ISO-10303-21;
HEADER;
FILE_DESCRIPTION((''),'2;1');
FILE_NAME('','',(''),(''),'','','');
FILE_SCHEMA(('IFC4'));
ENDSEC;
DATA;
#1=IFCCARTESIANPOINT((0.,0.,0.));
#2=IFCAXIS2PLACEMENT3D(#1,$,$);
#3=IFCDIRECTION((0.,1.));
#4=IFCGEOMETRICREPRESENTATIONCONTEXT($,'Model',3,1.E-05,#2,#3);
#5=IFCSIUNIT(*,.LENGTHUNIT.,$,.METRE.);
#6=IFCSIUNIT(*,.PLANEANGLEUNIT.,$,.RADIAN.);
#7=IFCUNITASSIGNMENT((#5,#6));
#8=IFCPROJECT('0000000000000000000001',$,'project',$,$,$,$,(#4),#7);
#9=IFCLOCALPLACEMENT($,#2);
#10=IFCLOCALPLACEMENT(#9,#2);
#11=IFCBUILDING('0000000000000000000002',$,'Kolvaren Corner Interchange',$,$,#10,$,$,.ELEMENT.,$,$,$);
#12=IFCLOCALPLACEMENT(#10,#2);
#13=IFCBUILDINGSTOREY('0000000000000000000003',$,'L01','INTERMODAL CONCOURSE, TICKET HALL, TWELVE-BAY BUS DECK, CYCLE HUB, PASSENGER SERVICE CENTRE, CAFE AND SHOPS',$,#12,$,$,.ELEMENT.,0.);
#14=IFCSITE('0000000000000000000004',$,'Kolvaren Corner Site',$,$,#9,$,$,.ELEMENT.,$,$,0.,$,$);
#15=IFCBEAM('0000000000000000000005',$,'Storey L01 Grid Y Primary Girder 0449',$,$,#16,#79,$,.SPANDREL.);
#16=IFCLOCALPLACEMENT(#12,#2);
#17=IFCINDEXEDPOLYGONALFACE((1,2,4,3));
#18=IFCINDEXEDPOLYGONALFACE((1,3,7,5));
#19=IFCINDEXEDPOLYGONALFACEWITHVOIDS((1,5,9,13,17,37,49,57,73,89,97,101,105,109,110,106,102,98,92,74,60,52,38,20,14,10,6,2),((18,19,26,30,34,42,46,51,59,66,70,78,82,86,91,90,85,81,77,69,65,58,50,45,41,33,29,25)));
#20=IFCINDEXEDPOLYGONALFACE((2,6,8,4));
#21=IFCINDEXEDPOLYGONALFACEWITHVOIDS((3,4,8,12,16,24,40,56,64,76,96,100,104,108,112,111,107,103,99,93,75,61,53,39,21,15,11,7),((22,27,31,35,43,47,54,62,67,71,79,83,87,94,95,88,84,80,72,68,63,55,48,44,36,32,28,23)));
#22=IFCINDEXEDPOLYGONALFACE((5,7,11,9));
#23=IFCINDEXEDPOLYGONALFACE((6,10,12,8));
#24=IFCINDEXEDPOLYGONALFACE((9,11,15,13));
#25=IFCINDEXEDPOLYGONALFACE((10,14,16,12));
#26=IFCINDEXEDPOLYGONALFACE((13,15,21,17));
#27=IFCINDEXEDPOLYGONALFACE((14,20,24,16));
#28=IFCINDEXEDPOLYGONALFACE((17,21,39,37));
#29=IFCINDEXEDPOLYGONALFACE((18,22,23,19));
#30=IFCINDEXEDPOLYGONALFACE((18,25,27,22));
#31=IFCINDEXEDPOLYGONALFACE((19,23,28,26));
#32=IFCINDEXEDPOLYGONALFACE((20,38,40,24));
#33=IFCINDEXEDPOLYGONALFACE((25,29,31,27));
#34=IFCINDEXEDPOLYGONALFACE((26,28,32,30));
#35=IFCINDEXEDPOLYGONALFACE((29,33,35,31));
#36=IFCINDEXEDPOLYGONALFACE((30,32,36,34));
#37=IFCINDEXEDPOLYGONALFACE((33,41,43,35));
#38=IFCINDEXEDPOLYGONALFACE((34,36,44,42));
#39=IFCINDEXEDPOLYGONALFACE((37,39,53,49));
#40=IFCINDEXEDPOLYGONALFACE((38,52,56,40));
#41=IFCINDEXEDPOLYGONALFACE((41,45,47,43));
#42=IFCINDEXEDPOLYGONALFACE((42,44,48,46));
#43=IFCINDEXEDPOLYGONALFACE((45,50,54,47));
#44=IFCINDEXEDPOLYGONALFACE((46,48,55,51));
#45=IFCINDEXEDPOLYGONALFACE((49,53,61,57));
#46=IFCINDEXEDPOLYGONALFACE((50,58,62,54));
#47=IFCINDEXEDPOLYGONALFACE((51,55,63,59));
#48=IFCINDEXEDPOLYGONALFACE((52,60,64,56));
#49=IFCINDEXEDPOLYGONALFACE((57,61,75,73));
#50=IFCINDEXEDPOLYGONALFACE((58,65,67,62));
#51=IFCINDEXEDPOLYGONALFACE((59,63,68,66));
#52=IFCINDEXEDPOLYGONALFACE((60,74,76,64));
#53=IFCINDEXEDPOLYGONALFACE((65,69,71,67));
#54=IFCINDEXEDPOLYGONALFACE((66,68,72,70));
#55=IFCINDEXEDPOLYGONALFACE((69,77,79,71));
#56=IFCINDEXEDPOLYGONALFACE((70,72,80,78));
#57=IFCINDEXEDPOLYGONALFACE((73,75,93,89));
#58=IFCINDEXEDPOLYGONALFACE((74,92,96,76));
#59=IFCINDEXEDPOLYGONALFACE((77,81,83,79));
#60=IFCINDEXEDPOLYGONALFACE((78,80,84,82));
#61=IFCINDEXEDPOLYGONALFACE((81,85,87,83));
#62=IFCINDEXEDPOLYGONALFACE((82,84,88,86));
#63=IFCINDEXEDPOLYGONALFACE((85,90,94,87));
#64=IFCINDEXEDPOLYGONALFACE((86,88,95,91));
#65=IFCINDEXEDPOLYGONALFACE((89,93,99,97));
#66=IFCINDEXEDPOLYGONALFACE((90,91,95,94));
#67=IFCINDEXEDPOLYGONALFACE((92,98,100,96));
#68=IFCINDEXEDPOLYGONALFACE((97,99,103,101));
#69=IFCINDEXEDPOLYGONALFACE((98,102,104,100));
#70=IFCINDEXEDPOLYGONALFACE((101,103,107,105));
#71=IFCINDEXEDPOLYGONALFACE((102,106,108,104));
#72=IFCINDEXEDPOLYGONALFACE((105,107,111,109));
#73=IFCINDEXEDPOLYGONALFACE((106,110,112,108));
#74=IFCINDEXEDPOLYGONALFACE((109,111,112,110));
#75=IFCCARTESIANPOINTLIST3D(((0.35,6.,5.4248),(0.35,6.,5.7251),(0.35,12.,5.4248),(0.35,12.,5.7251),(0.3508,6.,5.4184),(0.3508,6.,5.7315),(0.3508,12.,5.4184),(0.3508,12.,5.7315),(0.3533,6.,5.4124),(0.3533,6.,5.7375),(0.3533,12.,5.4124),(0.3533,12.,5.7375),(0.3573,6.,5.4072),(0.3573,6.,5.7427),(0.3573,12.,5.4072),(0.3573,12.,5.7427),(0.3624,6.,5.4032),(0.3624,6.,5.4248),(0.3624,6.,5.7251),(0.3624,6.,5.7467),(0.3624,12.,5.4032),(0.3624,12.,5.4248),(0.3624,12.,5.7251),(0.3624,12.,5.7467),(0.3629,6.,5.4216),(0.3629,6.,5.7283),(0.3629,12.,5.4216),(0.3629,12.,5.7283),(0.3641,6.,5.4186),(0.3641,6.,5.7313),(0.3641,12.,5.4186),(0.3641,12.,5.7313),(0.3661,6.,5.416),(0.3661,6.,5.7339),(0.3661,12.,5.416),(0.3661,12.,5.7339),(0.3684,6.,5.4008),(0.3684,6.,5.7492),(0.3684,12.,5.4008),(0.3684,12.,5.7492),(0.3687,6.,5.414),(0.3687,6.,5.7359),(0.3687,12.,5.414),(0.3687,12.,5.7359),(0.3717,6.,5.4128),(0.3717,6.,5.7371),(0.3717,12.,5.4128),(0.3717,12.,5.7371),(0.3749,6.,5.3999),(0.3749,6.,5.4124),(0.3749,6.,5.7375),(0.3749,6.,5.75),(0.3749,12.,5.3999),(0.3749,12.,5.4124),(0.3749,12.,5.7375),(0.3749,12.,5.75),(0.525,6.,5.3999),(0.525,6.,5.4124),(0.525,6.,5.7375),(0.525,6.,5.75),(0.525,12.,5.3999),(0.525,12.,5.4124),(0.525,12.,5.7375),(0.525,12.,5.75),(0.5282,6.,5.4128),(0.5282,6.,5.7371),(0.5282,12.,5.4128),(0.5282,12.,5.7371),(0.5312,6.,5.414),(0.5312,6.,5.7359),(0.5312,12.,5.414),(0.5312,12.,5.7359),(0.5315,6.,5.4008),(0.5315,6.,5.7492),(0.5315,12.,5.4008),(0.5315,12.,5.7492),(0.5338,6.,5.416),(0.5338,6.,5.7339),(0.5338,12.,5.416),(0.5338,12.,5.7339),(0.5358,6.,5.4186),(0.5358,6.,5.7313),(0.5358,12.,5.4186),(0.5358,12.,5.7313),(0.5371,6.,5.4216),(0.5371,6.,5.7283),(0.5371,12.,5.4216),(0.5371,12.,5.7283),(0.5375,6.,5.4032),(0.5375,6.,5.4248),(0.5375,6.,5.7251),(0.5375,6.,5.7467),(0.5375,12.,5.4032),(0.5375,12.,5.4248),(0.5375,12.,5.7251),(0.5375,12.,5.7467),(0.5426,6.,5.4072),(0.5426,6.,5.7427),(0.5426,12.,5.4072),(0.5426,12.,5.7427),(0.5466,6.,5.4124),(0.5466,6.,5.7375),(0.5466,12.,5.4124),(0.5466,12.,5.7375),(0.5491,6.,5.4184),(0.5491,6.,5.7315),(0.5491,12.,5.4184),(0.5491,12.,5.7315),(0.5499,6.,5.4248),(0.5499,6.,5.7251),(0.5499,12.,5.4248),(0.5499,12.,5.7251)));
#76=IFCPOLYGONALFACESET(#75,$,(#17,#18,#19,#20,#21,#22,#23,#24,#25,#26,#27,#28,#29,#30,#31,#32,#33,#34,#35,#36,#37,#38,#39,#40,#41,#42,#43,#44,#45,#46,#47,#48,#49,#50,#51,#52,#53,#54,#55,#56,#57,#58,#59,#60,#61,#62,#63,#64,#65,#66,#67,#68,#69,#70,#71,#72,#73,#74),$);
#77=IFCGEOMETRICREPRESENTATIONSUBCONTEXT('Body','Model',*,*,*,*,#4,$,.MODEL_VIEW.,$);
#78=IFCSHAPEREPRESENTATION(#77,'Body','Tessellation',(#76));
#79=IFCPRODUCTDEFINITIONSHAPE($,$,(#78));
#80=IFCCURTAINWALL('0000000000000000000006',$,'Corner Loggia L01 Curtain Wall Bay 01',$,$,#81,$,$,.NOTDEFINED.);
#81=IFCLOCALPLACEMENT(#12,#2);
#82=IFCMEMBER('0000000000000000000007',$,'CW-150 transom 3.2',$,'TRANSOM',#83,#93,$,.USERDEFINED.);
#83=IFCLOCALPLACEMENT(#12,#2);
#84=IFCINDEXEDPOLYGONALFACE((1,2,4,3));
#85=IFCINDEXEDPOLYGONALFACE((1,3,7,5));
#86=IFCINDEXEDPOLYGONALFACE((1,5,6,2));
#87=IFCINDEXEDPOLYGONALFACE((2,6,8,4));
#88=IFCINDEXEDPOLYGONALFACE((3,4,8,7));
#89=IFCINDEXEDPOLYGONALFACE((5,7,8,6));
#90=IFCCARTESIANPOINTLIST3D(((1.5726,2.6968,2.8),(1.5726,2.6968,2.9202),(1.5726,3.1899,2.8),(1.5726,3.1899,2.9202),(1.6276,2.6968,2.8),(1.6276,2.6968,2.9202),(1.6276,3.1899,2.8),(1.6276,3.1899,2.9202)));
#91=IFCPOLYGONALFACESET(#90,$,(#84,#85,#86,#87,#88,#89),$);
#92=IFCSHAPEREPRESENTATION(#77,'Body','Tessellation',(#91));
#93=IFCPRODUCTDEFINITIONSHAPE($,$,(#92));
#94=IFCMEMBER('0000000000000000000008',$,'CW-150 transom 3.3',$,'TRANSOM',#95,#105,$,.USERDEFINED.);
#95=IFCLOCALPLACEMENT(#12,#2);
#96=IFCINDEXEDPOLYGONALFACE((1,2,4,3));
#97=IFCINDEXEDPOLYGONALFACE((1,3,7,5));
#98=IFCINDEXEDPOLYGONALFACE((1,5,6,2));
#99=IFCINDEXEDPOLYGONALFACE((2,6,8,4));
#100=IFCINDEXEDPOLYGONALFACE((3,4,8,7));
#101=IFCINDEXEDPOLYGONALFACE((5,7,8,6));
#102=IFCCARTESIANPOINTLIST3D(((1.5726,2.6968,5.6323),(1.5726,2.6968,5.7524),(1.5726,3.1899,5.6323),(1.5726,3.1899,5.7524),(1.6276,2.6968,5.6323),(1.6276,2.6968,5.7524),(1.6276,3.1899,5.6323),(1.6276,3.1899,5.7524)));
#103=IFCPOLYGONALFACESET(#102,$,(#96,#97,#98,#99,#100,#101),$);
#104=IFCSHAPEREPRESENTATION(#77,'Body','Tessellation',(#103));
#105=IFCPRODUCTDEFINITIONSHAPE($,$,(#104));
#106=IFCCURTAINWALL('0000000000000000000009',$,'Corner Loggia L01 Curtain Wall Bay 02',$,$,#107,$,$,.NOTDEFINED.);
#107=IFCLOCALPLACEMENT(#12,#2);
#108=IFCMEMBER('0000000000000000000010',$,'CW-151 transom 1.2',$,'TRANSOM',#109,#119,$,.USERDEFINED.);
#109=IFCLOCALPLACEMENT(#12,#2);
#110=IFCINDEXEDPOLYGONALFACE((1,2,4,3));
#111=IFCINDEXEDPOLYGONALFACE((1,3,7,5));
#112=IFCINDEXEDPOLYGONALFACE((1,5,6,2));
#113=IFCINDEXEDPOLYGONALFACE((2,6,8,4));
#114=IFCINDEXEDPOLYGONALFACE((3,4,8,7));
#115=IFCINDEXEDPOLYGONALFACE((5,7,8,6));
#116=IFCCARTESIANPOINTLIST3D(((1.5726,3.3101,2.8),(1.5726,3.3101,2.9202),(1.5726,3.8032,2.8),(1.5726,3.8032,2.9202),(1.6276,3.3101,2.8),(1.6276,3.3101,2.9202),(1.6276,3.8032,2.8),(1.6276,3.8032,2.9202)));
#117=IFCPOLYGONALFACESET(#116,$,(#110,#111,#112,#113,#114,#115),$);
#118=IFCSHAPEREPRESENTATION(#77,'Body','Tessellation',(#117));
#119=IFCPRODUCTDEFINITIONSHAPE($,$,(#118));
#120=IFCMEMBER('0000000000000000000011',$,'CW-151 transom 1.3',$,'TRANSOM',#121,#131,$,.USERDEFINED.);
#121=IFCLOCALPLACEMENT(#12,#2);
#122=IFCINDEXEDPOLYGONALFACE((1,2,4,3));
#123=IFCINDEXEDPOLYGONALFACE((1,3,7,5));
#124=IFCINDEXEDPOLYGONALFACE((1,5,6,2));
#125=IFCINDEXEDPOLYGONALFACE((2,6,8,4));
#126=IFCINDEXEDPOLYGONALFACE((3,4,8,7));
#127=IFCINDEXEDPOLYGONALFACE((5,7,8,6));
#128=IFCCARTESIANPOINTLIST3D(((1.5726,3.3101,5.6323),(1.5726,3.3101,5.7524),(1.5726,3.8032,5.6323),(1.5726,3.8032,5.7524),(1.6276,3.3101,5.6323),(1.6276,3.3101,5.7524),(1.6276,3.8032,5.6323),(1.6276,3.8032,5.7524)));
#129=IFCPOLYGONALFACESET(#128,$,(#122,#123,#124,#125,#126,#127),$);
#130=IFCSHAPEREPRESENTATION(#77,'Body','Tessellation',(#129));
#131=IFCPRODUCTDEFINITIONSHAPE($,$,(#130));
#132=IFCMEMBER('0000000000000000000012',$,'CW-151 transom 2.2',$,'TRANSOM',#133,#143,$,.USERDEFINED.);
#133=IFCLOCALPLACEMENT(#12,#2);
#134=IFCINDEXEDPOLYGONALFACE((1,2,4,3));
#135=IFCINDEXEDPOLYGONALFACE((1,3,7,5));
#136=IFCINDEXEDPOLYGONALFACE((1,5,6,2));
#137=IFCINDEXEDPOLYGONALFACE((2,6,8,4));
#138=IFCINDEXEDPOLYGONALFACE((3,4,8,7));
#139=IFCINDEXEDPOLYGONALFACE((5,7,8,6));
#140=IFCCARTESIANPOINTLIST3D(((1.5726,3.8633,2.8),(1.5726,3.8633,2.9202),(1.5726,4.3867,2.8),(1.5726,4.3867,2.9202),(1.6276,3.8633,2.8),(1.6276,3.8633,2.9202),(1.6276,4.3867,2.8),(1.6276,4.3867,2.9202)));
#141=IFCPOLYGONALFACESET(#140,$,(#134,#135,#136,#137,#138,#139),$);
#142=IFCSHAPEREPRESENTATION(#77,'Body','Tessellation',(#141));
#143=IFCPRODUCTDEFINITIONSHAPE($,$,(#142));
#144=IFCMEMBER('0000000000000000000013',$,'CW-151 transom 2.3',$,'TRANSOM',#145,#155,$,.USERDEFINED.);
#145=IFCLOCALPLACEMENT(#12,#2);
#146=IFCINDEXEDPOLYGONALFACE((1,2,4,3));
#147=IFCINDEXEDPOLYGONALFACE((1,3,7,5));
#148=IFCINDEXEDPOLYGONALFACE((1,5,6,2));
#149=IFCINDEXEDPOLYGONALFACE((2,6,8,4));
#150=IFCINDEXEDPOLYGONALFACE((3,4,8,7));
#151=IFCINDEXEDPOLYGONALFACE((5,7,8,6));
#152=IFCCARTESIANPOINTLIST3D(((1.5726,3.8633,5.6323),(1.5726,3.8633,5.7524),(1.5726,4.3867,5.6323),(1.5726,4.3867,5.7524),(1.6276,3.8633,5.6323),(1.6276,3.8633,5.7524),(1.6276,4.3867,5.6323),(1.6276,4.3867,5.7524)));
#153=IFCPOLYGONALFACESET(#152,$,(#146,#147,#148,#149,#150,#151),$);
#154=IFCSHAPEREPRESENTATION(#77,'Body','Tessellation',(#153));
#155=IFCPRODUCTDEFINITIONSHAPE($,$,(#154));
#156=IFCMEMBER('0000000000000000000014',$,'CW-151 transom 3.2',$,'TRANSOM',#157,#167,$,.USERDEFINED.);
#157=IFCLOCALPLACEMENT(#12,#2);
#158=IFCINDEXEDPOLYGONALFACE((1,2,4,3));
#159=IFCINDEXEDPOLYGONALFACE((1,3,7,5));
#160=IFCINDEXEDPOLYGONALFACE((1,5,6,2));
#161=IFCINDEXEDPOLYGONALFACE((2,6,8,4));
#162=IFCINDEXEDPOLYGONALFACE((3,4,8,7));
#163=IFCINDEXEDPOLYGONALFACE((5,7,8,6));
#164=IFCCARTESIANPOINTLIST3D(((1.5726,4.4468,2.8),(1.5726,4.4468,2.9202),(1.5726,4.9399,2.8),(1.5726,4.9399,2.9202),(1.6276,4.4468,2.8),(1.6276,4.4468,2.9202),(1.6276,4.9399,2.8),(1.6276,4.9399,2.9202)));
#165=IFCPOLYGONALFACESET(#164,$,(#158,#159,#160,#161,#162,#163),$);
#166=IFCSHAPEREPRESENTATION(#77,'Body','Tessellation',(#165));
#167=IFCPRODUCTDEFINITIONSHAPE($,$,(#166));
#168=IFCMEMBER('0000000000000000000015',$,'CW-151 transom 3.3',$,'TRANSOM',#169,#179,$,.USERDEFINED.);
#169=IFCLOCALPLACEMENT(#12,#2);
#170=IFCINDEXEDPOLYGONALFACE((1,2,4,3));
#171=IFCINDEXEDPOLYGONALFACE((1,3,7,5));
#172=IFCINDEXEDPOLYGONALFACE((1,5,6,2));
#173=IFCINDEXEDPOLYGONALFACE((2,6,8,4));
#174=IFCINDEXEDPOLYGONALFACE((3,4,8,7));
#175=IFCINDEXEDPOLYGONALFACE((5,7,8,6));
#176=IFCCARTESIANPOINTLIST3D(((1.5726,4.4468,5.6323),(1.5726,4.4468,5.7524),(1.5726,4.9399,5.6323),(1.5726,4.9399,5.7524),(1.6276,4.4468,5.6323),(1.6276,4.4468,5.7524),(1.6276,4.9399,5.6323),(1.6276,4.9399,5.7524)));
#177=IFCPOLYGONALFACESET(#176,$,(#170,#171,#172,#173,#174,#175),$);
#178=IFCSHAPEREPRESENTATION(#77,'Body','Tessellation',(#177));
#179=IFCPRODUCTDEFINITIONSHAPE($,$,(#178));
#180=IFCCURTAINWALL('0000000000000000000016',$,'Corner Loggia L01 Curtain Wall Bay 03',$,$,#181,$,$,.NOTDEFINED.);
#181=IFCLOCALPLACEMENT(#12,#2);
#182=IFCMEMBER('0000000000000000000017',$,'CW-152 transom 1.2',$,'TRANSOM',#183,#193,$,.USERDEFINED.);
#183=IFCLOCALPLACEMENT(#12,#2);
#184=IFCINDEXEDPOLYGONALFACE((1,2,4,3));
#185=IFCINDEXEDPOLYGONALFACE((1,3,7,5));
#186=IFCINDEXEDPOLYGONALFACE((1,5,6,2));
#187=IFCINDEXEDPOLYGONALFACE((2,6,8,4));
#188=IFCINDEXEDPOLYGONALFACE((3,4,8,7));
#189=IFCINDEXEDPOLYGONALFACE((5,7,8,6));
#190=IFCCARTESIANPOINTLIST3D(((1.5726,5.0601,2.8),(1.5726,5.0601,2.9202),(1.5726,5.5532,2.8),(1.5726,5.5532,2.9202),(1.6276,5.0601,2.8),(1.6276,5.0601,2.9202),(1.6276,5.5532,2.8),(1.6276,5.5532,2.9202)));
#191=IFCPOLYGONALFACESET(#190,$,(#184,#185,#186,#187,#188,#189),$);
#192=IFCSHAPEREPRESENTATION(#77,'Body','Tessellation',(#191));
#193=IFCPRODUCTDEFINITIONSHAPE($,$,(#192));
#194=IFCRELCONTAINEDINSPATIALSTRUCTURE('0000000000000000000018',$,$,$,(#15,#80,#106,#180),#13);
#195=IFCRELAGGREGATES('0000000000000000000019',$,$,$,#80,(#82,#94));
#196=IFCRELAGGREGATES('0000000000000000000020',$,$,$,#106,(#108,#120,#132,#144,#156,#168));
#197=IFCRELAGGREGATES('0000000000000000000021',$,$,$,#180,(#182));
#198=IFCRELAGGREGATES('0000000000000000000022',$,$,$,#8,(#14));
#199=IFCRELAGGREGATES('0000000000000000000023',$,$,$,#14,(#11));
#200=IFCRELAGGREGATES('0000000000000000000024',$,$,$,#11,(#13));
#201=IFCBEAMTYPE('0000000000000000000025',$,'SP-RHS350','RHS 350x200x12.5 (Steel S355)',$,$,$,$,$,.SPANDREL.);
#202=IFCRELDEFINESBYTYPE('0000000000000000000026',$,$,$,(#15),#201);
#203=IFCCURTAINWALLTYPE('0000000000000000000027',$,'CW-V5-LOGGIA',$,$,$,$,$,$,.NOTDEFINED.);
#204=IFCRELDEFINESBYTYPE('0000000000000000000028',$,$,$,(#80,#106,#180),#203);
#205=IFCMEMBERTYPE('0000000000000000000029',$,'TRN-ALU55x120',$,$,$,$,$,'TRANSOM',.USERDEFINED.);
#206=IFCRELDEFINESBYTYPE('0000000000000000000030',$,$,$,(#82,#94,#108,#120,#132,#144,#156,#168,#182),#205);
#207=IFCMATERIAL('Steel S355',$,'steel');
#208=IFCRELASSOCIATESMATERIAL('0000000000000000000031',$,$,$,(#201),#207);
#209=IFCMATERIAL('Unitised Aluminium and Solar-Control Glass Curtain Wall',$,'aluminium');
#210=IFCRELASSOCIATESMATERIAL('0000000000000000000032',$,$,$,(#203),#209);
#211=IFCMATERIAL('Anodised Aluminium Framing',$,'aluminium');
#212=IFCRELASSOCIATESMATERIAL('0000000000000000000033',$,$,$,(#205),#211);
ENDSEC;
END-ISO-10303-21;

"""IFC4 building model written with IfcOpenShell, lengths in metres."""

from ifc_helpers import new_model, si_unit, direction, frame, origin, origin_2d, place, context, subcontext, project, spatial, rectangle, hollow_rectangle, extrude, material, material_profile, profile_set, type_object, element, aggregate, save


model = new_model("IFC4")

# Units and contexts
model_context = context("Model", 3, precision=1e-05, world=origin(), true_north=direction((0.0, 1.0)))
body_context = subcontext(model_context, "Body", "Model", "MODEL_VIEW")
ifc_project = project(units=[si_unit("LENGTHUNIT", "METRE"), si_unit("PLANEANGLEUNIT", "RADIAN")], contexts=[model_context])

# Site, building, storey
site_placement = place(None, origin())
site = spatial("IfcSite", under=ifc_project, at=site_placement, Name="Kolvaren Corner Site", CompositionType="ELEMENT", RefElevation=0.0)
building_placement = place(site_placement, origin())
building = spatial("IfcBuilding", under=site, at=building_placement, Name="Kolvaren Corner Interchange", CompositionType="ELEMENT")
storey_placement = place(building_placement, origin())
storey = spatial("IfcBuildingStorey", under=building, at=storey_placement, Name="L01", Description="INTERMODAL CONCOURSE, TICKET HALL, TWELVE-BAY BUS DECK, CYCLE HUB, PASSENGER SERVICE CENTRE, CAFE AND SHOPS", CompositionType="ELEMENT", Elevation=0.0)

# Beam
ifc_material_1 = material(Name="Steel S355", Category="steel")
ifc_material_profile_1 = material_profile(ifc_material_1, hollow_rectangle(XDim=0.2, YDim=0.3501, WallThickness=0.0125, InnerFilletRadius=0.0125, OuterFilletRadius=0.0249, at=origin_2d()), Name="RHS 350x200x12.5")
ifc_profile_set_1 = profile_set([ifc_material_profile_1], Name="Steel S355")
beam_type_1 = type_object("IfcBeamType", Name="SP-RHS350", Description="RHS 350x200x12.5 (Steel S355)", PredefinedType="SPANDREL", material=ifc_profile_set_1)
beam_1_placement = place(storey_placement, frame((0.45, 6.0, 5.575), z_axis=(0.0, 1.0, 0.0), x_axis=(-1.0, 0.0, 0.0)))
element("IfcBeam", 1, at=beam_1_placement, inside=storey, type_object=beam_type_1, Name="Storey L01 Grid Y Primary Girder 0449", PredefinedType="SPANDREL", context=body_context, shape_type="SweptSolid", body=[
    extrude(hollow_rectangle(XDim=0.2, YDim=0.3501, WallThickness=0.0125, InnerFilletRadius=0.0125, OuterFilletRadius=0.0249, at=origin_2d()), origin(), (0.0, 0.0, 1.0), 6.0),
])

# Curtain walls, members
ifc_material_2 = material(Name="Unitised Aluminium and Solar-Control Glass Curtain Wall", Category="aluminium")
curtain_wall_type = type_object("IfcCurtainWallType", Name="CW-V5-LOGGIA", PredefinedType="NOTDEFINED", material=ifc_material_2)
curtain_wall_1_placement = place(storey_placement, origin())
curtain_wall_1 = element("IfcCurtainWall", 2, at=curtain_wall_1_placement, inside=storey, type_object=curtain_wall_type, Name="Corner Loggia L01 Curtain Wall Bay 01", PredefinedType="NOTDEFINED")
ifc_material_3 = material(Name="Anodised Aluminium Framing", Category="aluminium")
ifc_material_profile_2 = material_profile(ifc_material_3, rectangle(XDim=0.0549, YDim=0.1201, at=origin_2d()), Name="ALU 55x120")
ifc_profile_set_2 = profile_set([ifc_material_profile_2], Name="Anodised Aluminium Framing")
member_type = type_object("IfcMemberType", Name="TRN-ALU55x120", ElementType="TRANSOM", PredefinedType="USERDEFINED", material=ifc_profile_set_2)
member_1_placement = place(storey_placement, frame((1.6001, 2.6968, 2.8601), z_axis=(0.0, 1.0, 0.0), x_axis=(-1.0, 0.0, 0.0)))
member_1 = element("IfcMember", 3, at=member_1_placement, type_object=member_type, Name="CW-150 transom 3.2", ObjectType="TRANSOM", PredefinedType="USERDEFINED", context=body_context, shape_type="SweptSolid", body=[
    extrude(rectangle(XDim=0.0549, YDim=0.1201, at=origin_2d()), origin(), (0.0, 0.0, 1.0), 0.4932),
])
member_2_placement = place(storey_placement, frame((1.6001, 2.6968, 5.6924), z_axis=(0.0, 1.0, 0.0), x_axis=(-1.0, 0.0, 0.0)))
member_2 = element("IfcMember", 4, at=member_2_placement, type_object=member_type, Name="CW-150 transom 3.3", ObjectType="TRANSOM", PredefinedType="USERDEFINED", context=body_context, shape_type="SweptSolid", body=[
    extrude(rectangle(XDim=0.0549, YDim=0.1201, at=origin_2d()), origin(), (0.0, 0.0, 1.0), 0.4932),
])
curtain_wall_2_placement = place(storey_placement, origin())
curtain_wall_2 = element("IfcCurtainWall", 5, at=curtain_wall_2_placement, inside=storey, type_object=curtain_wall_type, Name="Corner Loggia L01 Curtain Wall Bay 02", PredefinedType="NOTDEFINED")
member_3_placement = place(storey_placement, frame((1.6001, 3.3101, 2.8601), z_axis=(0.0, 1.0, 0.0), x_axis=(-1.0, 0.0, 0.0)))
member_3 = element("IfcMember", 6, at=member_3_placement, type_object=member_type, Name="CW-151 transom 1.2", ObjectType="TRANSOM", PredefinedType="USERDEFINED", context=body_context, shape_type="SweptSolid", body=[
    extrude(rectangle(XDim=0.0549, YDim=0.1201, at=origin_2d()), origin(), (0.0, 0.0, 1.0), 0.4932),
])
member_4_placement = place(storey_placement, frame((1.6001, 3.3101, 5.6924), z_axis=(0.0, 1.0, 0.0), x_axis=(-1.0, 0.0, 0.0)))
member_4 = element("IfcMember", 7, at=member_4_placement, type_object=member_type, Name="CW-151 transom 1.3", ObjectType="TRANSOM", PredefinedType="USERDEFINED", context=body_context, shape_type="SweptSolid", body=[
    extrude(rectangle(XDim=0.0549, YDim=0.1201, at=origin_2d()), origin(), (0.0, 0.0, 1.0), 0.4932),
])
member_5_placement = place(storey_placement, frame((1.6001, 3.8633, 2.8601), z_axis=(0.0, 1.0, 0.0), x_axis=(-1.0, 0.0, 0.0)))
member_5 = element("IfcMember", 8, at=member_5_placement, type_object=member_type, Name="CW-151 transom 2.2", ObjectType="TRANSOM", PredefinedType="USERDEFINED", context=body_context, shape_type="SweptSolid", body=[
    extrude(rectangle(XDim=0.0549, YDim=0.1201, at=origin_2d()), origin(), (0.0, 0.0, 1.0), 0.5234),
])
member_6_placement = place(storey_placement, frame((1.6001, 3.8633, 5.6924), z_axis=(0.0, 1.0, 0.0), x_axis=(-1.0, 0.0, 0.0)))
member_6 = element("IfcMember", 9, at=member_6_placement, type_object=member_type, Name="CW-151 transom 2.3", ObjectType="TRANSOM", PredefinedType="USERDEFINED", context=body_context, shape_type="SweptSolid", body=[
    extrude(rectangle(XDim=0.0549, YDim=0.1201, at=origin_2d()), origin(), (0.0, 0.0, 1.0), 0.5234),
])
member_7_placement = place(storey_placement, frame((1.6001, 4.4468, 2.8601), z_axis=(0.0, 1.0, 0.0), x_axis=(-1.0, 0.0, 0.0)))
member_7 = element("IfcMember", 10, at=member_7_placement, type_object=member_type, Name="CW-151 transom 3.2", ObjectType="TRANSOM", PredefinedType="USERDEFINED", context=body_context, shape_type="SweptSolid", body=[
    extrude(rectangle(XDim=0.0549, YDim=0.1201, at=origin_2d()), origin(), (0.0, 0.0, 1.0), 0.4932),
])
member_8_placement = place(storey_placement, frame((1.6001, 4.4468, 5.6924), z_axis=(0.0, 1.0, 0.0), x_axis=(-1.0, 0.0, 0.0)))
member_8 = element("IfcMember", 11, at=member_8_placement, type_object=member_type, Name="CW-151 transom 3.3", ObjectType="TRANSOM", PredefinedType="USERDEFINED", context=body_context, shape_type="SweptSolid", body=[
    extrude(rectangle(XDim=0.0549, YDim=0.1201, at=origin_2d()), origin(), (0.0, 0.0, 1.0), 0.4932),
])
curtain_wall_3_placement = place(storey_placement, origin())
curtain_wall_3 = element("IfcCurtainWall", 12, at=curtain_wall_3_placement, inside=storey, type_object=curtain_wall_type, Name="Corner Loggia L01 Curtain Wall Bay 03", PredefinedType="NOTDEFINED")
member_9_placement = place(storey_placement, frame((1.6001, 5.0601, 2.8601), z_axis=(0.0, 1.0, 0.0), x_axis=(-1.0, 0.0, 0.0)))
member_9 = element("IfcMember", 13, at=member_9_placement, type_object=member_type, Name="CW-152 transom 1.2", ObjectType="TRANSOM", PredefinedType="USERDEFINED", context=body_context, shape_type="SweptSolid", body=[
    extrude(rectangle(XDim=0.0549, YDim=0.1201, at=origin_2d()), origin(), (0.0, 0.0, 1.0), 0.4932),
])

aggregate(curtain_wall_1, [member_1, member_2])
aggregate(curtain_wall_2, [member_3, member_4, member_5, member_6, member_7, member_8])
aggregate(curtain_wall_3, [member_9])

save(model, "model.ifc")
